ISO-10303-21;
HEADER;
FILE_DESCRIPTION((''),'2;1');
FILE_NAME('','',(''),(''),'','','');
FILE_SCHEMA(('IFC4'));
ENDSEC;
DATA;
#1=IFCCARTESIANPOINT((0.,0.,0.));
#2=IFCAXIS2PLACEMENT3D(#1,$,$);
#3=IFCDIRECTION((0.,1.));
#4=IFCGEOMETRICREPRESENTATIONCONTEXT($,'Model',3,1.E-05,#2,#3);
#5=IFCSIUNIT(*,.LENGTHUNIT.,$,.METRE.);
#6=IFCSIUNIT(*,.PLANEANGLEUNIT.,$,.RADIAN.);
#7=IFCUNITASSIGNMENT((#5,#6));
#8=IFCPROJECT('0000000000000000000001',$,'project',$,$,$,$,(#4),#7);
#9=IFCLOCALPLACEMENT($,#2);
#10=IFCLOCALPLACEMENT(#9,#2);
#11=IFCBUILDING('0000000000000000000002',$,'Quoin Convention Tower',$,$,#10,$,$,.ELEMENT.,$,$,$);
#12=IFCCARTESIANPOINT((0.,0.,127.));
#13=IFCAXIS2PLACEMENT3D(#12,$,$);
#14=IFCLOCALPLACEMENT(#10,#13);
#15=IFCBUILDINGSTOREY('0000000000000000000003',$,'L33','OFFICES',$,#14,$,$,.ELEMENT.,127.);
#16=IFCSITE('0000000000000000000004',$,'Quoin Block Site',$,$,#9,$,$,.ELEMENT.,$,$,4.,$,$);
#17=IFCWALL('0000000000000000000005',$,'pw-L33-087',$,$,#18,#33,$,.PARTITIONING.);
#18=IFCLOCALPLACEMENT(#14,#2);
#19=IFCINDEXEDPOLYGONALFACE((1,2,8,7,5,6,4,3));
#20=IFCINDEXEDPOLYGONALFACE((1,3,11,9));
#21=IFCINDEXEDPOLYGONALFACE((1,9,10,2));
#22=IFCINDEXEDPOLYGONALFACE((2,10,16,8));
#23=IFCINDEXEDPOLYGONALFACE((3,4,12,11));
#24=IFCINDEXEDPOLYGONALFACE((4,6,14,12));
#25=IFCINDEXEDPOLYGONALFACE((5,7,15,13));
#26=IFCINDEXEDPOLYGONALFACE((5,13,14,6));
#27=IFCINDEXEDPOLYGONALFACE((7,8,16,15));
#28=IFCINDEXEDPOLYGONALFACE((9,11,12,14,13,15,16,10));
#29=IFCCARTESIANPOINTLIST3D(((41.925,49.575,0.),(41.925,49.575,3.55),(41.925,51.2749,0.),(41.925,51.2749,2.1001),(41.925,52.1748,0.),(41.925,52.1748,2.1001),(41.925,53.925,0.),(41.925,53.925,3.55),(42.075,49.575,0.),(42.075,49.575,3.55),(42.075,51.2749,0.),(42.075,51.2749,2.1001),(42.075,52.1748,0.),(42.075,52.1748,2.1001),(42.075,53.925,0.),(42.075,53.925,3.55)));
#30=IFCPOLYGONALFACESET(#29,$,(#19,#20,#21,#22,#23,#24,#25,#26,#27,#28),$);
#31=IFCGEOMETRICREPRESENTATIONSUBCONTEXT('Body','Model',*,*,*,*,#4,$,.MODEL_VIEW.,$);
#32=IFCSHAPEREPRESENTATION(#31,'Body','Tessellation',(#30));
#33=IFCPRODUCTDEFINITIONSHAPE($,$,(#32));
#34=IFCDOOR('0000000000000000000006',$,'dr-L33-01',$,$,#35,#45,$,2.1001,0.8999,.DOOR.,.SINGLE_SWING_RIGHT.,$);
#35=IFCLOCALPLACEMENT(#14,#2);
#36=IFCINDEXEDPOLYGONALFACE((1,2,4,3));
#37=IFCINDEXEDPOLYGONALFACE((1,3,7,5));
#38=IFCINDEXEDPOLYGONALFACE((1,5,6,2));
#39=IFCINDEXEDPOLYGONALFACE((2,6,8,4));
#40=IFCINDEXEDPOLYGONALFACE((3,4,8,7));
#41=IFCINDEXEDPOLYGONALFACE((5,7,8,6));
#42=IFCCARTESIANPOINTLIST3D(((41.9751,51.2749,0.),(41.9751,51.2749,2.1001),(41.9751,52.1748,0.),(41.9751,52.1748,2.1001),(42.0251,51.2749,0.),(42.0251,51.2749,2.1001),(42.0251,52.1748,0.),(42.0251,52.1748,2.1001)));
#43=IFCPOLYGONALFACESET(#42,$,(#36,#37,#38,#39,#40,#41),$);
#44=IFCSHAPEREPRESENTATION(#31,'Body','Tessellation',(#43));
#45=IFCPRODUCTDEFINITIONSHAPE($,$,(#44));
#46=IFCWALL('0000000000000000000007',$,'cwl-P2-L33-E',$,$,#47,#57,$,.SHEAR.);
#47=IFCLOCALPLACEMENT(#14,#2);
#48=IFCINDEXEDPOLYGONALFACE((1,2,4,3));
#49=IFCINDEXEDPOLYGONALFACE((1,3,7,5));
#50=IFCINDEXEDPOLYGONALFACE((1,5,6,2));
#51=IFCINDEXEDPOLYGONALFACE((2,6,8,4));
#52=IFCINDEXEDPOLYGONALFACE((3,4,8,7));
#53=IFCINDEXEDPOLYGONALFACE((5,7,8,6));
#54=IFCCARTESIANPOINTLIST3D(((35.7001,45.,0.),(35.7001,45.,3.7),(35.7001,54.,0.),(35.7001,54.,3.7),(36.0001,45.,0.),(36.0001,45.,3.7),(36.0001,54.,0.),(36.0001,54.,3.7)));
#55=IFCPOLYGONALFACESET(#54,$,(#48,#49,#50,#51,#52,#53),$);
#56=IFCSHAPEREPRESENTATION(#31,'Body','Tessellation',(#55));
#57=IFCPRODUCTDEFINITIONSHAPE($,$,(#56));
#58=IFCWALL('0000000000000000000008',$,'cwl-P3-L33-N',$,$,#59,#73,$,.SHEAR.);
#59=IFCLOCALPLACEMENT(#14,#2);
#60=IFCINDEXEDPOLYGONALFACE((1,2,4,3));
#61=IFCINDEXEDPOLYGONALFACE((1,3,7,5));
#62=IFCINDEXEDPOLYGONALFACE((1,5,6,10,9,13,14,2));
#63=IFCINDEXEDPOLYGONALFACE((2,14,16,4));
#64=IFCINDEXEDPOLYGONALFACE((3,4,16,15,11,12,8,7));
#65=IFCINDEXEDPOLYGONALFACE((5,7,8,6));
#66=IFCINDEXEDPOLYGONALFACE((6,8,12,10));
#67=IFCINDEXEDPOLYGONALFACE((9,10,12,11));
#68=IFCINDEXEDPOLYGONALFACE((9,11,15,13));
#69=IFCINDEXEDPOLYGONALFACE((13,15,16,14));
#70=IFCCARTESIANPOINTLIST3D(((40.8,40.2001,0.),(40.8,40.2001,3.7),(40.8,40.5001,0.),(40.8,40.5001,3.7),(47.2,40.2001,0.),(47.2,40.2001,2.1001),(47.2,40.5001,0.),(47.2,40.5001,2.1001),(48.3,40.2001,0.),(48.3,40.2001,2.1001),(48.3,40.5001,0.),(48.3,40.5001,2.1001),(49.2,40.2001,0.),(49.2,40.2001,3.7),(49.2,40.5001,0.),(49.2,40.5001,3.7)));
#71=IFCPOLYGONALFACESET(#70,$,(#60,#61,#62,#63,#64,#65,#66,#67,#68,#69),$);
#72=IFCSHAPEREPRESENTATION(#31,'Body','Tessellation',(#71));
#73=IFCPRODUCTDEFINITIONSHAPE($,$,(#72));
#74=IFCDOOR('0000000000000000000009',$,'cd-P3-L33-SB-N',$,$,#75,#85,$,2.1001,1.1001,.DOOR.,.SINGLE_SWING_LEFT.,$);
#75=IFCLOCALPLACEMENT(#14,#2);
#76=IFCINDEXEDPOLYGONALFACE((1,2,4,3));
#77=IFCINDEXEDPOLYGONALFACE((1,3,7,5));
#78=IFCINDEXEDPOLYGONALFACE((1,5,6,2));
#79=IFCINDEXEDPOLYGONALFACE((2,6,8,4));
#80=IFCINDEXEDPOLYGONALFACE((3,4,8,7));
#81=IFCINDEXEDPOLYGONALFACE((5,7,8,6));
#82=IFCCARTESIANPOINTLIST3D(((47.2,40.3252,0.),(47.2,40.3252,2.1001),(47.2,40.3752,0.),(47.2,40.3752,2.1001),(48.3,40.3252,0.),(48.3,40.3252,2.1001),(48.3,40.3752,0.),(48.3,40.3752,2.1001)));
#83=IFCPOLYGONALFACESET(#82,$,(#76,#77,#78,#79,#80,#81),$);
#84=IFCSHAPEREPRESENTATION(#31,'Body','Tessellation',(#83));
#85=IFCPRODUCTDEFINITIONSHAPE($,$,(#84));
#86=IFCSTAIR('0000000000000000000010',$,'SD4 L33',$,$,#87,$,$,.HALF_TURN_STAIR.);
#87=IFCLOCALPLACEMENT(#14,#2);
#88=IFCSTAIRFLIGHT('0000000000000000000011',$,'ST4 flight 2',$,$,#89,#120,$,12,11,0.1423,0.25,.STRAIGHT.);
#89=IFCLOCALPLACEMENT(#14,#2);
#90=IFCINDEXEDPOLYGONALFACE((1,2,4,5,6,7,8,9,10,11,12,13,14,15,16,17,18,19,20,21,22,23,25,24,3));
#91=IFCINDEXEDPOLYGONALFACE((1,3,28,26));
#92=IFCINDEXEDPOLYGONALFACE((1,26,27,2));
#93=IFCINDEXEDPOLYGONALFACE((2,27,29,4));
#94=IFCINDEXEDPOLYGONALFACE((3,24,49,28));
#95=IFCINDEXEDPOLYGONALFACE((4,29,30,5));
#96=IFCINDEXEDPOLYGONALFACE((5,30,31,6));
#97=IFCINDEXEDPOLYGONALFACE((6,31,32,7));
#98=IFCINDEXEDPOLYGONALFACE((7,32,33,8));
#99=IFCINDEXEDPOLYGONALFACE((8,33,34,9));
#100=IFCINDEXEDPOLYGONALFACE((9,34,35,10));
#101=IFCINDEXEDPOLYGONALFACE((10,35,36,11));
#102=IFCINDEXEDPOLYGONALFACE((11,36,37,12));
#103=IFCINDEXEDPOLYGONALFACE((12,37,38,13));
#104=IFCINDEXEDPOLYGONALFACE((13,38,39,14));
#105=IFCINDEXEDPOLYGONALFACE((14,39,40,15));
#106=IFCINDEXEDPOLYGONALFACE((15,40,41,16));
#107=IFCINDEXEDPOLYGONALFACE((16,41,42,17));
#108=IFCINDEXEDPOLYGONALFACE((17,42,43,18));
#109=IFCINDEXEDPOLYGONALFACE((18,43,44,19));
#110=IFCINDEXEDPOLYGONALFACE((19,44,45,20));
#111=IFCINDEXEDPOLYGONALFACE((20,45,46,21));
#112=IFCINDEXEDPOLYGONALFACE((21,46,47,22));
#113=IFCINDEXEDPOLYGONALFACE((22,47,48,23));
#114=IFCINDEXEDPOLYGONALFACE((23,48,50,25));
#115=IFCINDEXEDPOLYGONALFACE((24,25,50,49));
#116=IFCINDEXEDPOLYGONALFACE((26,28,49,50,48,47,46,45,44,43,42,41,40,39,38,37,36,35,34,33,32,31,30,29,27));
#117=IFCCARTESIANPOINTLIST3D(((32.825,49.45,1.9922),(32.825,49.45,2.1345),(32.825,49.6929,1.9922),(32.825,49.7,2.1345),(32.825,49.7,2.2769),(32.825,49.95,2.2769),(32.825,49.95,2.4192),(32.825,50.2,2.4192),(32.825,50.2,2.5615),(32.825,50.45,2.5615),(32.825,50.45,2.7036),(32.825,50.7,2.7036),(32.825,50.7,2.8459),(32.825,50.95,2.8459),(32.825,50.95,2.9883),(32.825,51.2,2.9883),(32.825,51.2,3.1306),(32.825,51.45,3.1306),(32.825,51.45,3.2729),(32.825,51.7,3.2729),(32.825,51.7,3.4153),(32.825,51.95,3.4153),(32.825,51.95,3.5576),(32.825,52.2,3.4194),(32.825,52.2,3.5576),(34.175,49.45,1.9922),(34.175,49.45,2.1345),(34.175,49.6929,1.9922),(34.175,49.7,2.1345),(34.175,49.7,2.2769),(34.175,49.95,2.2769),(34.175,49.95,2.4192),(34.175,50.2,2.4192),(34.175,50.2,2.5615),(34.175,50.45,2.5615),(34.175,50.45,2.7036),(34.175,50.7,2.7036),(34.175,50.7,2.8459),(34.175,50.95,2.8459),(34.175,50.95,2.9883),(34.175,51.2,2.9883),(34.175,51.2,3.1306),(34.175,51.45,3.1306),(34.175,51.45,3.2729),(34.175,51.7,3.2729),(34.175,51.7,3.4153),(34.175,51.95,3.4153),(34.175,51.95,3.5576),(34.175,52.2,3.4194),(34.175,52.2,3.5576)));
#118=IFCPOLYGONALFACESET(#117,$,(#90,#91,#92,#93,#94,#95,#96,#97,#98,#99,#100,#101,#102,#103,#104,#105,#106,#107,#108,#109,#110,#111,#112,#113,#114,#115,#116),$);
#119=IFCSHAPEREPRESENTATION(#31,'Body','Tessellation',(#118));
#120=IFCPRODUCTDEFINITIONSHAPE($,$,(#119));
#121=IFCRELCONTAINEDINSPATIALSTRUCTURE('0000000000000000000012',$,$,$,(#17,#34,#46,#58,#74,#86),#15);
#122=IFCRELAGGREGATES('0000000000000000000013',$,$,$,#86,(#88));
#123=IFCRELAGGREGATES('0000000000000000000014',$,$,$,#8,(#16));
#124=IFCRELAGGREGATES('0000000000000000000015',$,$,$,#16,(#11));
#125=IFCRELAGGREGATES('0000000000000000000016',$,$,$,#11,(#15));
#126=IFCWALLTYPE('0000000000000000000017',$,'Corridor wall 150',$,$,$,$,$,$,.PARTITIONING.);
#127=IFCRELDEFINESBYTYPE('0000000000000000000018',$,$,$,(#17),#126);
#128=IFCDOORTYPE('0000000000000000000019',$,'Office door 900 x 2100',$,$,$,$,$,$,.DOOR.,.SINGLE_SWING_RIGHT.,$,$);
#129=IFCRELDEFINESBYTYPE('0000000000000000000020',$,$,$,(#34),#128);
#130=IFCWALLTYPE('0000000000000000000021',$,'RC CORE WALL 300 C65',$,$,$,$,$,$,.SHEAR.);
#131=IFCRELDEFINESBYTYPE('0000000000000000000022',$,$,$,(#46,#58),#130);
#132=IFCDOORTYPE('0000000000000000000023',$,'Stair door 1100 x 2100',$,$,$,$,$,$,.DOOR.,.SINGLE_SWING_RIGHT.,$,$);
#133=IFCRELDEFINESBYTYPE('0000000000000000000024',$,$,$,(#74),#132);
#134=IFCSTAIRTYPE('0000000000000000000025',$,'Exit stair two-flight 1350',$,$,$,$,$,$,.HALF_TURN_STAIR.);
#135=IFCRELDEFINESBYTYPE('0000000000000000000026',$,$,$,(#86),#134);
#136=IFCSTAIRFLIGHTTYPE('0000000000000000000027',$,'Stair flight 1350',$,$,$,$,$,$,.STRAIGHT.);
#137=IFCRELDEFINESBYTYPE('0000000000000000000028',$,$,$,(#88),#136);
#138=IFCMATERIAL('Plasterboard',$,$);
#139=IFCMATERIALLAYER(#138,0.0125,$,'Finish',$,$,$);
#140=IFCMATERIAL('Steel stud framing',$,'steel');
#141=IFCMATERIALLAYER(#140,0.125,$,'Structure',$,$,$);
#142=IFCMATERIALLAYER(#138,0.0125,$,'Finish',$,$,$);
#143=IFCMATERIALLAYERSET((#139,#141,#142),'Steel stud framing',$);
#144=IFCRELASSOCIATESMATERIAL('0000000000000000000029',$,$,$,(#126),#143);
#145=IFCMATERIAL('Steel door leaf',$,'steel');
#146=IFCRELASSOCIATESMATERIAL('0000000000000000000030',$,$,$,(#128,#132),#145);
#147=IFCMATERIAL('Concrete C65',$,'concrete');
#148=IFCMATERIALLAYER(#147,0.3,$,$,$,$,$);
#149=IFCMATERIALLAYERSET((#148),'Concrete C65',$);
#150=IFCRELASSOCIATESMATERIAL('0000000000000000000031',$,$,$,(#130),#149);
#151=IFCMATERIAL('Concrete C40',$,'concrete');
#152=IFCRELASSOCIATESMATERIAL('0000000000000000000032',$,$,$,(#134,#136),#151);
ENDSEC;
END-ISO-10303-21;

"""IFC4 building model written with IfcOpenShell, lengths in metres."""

from ifc_helpers import new_model, si_unit, direction, frame, frame_2d, origin, place, context, subcontext, project, spatial, polyline, rectangle, outline, extrude, material, layer, layer_set, type_object, element, fill, aggregate, save


model = new_model("IFC4")

# Units and contexts
model_context = context("Model", 3, precision=1e-05, world=origin(), true_north=direction((0.0, 1.0)))
body_context = subcontext(model_context, "Body", "Model", "MODEL_VIEW")
ifc_project = project(units=[si_unit("LENGTHUNIT", "METRE"), si_unit("PLANEANGLEUNIT", "RADIAN")], contexts=[model_context])

# Site, building, storey
site_placement = place(None, origin())
site = spatial("IfcSite", under=ifc_project, at=site_placement, Name="Quoin Block Site", CompositionType="ELEMENT", RefElevation=4.0)
building_placement = place(site_placement, origin())
building = spatial("IfcBuilding", under=site, at=building_placement, Name="Quoin Convention Tower", CompositionType="ELEMENT")
storey_placement = place(building_placement, frame((0.0, 0.0, 127.0)))
storey = spatial("IfcBuildingStorey", under=building, at=storey_placement, Name="L33", Description="OFFICES", CompositionType="ELEMENT", Elevation=127.0)

# Shared definitions
ifc_material_1 = material(Name="Concrete C65", Category="concrete")

# Shared definitions
ifc_material_2 = material(Name="Plasterboard")
ifc_layer_1 = layer(ifc_material_2, 0.0125, Name="Finish")
ifc_material_3 = material(Name="Steel stud framing", Category="steel")
ifc_layer_2 = layer(ifc_material_3, 0.125, Name="Structure")
ifc_layer_3 = layer(ifc_material_2, 0.0125, Name="Finish")
ifc_layer_set_1 = layer_set([ifc_layer_1, ifc_layer_2, ifc_layer_3], Name="Steel stud framing")
wall_type_1 = type_object("IfcWallType", Name="Corridor wall 150", PredefinedType="PARTITIONING", material=ifc_layer_set_1)

# Wall, opening, door
ifc_material_4 = material(Name="Steel door leaf", Category="steel")
door_type_1 = type_object("IfcDoorType", Name="Office door 900 x 2100", OperationType="SINGLE_SWING_RIGHT", PredefinedType="DOOR", material=ifc_material_4)
wall_1_placement = place(storey_placement, frame((42.0, 49.575, 0.0), z_axis=(0.0, 0.0, 1.0), x_axis=(0.0, 1.0, 0.0)))
wall_1 = element("IfcWall", 1, at=wall_1_placement, inside=storey, type_object=wall_type_1, Name="pw-L33-087", PredefinedType="PARTITIONING", context=body_context, shape_type="SweptSolid", body=[
    extrude(rectangle(XDim=4.3501, YDim=0.1499, at=frame_2d((2.175, 0.0))), origin(), (0.0, 0.0, 1.0), 3.55),
])
opening_1_placement = place(wall_1_placement, frame((1.7, 0.0, 0.0)))
opening_1 = element("IfcOpeningElement", 2, at=opening_1_placement, cuts=wall_1, PredefinedType="OPENING", context=body_context, shape_type="SweptSolid", body=[
    extrude(rectangle(XDim=0.8999, YDim=2.1001, at=frame_2d((0.45, 1.05))), frame((0.0, 0.085, 0.0), z_axis=(0.0, -1.0, 0.0), x_axis=(1.0, 0.0, 0.0)), (0.0, 0.0, 1.0), 0.1699),
])
door_1_placement = place(opening_1_placement, origin())
door_1 = element("IfcDoor", 3, at=door_1_placement, inside=storey, type_object=door_type_1, Name="dr-L33-01", OperationType="SINGLE_SWING_RIGHT", OverallHeight=2.1001, OverallWidth=0.8999, PredefinedType="DOOR", context=body_context, shape_type="SweptSolid", body=[
    extrude(rectangle(XDim=0.8999, YDim=2.1001, at=frame_2d((0.45, 1.05))), frame((0.0, 0.0249, 0.0), z_axis=(0.0, -1.0, 0.0), x_axis=(1.0, 0.0, 0.0)), (0.0, 0.0, 1.0), 0.05),
])
fill(opening_1, door_1)

# Wall
ifc_layer_4 = layer(ifc_material_1, 0.3)
ifc_layer_set_2 = layer_set([ifc_layer_4], Name="Concrete C65")
wall_type_2 = type_object("IfcWallType", Name="RC CORE WALL 300 C65", PredefinedType="SHEAR", material=ifc_layer_set_2)
wall_2_placement = place(storey_placement, frame((35.8501, 45.0, 0.0), z_axis=(0.0, 0.0, 1.0), x_axis=(0.0, 1.0, 0.0)))
element("IfcWall", 4, at=wall_2_placement, inside=storey, type_object=wall_type_2, Name="cwl-P2-L33-E", PredefinedType="SHEAR", context=body_context, shape_type="SweptSolid", body=[
    extrude(rectangle(XDim=9.0, YDim=0.3, at=frame_2d((4.5, 0.0))), origin(), (0.0, 0.0, 1.0), 3.7),
])

# Wall, opening, door
wall_3_placement = place(storey_placement, frame((40.8, 40.3501, 0.0), z_axis=(0.0, 0.0, 1.0), x_axis=(1.0, 0.0, 0.0)))
wall_3 = element("IfcWall", 5, at=wall_3_placement, inside=storey, type_object=wall_type_2, Name="cwl-P3-L33-N", PredefinedType="SHEAR", context=body_context, shape_type="SweptSolid", body=[
    extrude(rectangle(XDim=8.3999, YDim=0.3, at=frame_2d((4.2, 0.0))), origin(), (0.0, 0.0, 1.0), 3.7),
])
opening_2_placement = place(wall_3_placement, frame((6.3999, 0.0, 0.0)))
opening_2 = element("IfcOpeningElement", 6, at=opening_2_placement, cuts=wall_3, PredefinedType="OPENING", context=body_context, shape_type="SweptSolid", body=[
    extrude(rectangle(XDim=1.1001, YDim=2.1001, at=frame_2d((0.55, 1.05))), frame((0.0, 0.1599, 0.0), z_axis=(0.0, -1.0, 0.0), x_axis=(1.0, 0.0, 0.0)), (0.0, 0.0, 1.0), 0.3201),
])
door_type_2 = type_object("IfcDoorType", Name="Stair door 1100 x 2100", OperationType="SINGLE_SWING_RIGHT", PredefinedType="DOOR", material=ifc_material_4)
door_2_placement = place(opening_2_placement, frame((1.1001, 0.0, 0.0), z_axis=(0.0, 0.0, 1.0), x_axis=(-1.0, 0.0, 0.0)))
door_2 = element("IfcDoor", 7, at=door_2_placement, inside=storey, type_object=door_type_2, Name="cd-P3-L33-SB-N", OperationType="SINGLE_SWING_LEFT", OverallHeight=2.1001, OverallWidth=1.1001, PredefinedType="DOOR", context=body_context, shape_type="SweptSolid", body=[
    extrude(rectangle(XDim=1.1001, YDim=2.1001, at=frame_2d((0.55, 1.05))), frame((0.0, 0.0249, 0.0), z_axis=(0.0, -1.0, 0.0), x_axis=(1.0, 0.0, 0.0)), (0.0, 0.0, 1.0), 0.05),
])
fill(opening_2, door_2)

# Stair, stair flight
ifc_material_5 = material(Name="Concrete C40", Category="concrete")
stair_type = type_object("IfcStairType", Name="Exit stair two-flight 1350", PredefinedType="HALF_TURN_STAIR", material=ifc_material_5)
stair_placement = place(storey_placement, origin())
stair = element("IfcStair", 8, at=stair_placement, inside=storey, type_object=stair_type, Name="SD4 L33", PredefinedType="HALF_TURN_STAIR")
stair_flight_type = type_object("IfcStairFlightType", Name="Stair flight 1350", PredefinedType="STRAIGHT", material=ifc_material_5)
stair_flight_placement = place(storey_placement, frame((33.5, 49.45, 1.9922), z_axis=(0.0, 0.0, 1.0), x_axis=(0.0, 1.0, 0.0)))
stair_flight = element("IfcStairFlight", 9, at=stair_flight_placement, type_object=stair_flight_type, Name="ST4 flight 2", NumberOfRisers=12, NumberOfTreads=11, PredefinedType="STRAIGHT", RiserHeight=0.1423, TreadLength=0.25, context=body_context, shape_type="SweptSolid", body=[
    extrude(outline(polyline([(0.0, 0.0), (0.0, 0.1423), (0.25, 0.1423), (0.25, 0.2847), (0.5, 0.2847), (0.5, 0.427), (0.75, 0.427), (0.75, 0.5693), (1.0, 0.5693), (1.0, 0.7114), (1.25, 0.7114), (1.25, 0.8538), (1.5, 0.8538), (1.5, 0.9961), (1.75, 0.9961), (1.75, 1.1384), (2.0, 1.1384), (2.0, 1.2808), (2.25, 1.2808), (2.25, 1.4231), (2.5, 1.4231), (2.5, 1.5654), (2.75, 1.5654), (2.75, 1.7078), (2.75, 1.4272), (0.2429, 0.0), (0.0, 0.0)])), frame((0.0, 0.675, 0.0), z_axis=(0.0, -1.0, 0.0), x_axis=(1.0, 0.0, 0.0)), (0.0, 0.0, 1.0), 1.3501),
])
aggregate(stair, [stair_flight])

save(model, "model.ifc")
